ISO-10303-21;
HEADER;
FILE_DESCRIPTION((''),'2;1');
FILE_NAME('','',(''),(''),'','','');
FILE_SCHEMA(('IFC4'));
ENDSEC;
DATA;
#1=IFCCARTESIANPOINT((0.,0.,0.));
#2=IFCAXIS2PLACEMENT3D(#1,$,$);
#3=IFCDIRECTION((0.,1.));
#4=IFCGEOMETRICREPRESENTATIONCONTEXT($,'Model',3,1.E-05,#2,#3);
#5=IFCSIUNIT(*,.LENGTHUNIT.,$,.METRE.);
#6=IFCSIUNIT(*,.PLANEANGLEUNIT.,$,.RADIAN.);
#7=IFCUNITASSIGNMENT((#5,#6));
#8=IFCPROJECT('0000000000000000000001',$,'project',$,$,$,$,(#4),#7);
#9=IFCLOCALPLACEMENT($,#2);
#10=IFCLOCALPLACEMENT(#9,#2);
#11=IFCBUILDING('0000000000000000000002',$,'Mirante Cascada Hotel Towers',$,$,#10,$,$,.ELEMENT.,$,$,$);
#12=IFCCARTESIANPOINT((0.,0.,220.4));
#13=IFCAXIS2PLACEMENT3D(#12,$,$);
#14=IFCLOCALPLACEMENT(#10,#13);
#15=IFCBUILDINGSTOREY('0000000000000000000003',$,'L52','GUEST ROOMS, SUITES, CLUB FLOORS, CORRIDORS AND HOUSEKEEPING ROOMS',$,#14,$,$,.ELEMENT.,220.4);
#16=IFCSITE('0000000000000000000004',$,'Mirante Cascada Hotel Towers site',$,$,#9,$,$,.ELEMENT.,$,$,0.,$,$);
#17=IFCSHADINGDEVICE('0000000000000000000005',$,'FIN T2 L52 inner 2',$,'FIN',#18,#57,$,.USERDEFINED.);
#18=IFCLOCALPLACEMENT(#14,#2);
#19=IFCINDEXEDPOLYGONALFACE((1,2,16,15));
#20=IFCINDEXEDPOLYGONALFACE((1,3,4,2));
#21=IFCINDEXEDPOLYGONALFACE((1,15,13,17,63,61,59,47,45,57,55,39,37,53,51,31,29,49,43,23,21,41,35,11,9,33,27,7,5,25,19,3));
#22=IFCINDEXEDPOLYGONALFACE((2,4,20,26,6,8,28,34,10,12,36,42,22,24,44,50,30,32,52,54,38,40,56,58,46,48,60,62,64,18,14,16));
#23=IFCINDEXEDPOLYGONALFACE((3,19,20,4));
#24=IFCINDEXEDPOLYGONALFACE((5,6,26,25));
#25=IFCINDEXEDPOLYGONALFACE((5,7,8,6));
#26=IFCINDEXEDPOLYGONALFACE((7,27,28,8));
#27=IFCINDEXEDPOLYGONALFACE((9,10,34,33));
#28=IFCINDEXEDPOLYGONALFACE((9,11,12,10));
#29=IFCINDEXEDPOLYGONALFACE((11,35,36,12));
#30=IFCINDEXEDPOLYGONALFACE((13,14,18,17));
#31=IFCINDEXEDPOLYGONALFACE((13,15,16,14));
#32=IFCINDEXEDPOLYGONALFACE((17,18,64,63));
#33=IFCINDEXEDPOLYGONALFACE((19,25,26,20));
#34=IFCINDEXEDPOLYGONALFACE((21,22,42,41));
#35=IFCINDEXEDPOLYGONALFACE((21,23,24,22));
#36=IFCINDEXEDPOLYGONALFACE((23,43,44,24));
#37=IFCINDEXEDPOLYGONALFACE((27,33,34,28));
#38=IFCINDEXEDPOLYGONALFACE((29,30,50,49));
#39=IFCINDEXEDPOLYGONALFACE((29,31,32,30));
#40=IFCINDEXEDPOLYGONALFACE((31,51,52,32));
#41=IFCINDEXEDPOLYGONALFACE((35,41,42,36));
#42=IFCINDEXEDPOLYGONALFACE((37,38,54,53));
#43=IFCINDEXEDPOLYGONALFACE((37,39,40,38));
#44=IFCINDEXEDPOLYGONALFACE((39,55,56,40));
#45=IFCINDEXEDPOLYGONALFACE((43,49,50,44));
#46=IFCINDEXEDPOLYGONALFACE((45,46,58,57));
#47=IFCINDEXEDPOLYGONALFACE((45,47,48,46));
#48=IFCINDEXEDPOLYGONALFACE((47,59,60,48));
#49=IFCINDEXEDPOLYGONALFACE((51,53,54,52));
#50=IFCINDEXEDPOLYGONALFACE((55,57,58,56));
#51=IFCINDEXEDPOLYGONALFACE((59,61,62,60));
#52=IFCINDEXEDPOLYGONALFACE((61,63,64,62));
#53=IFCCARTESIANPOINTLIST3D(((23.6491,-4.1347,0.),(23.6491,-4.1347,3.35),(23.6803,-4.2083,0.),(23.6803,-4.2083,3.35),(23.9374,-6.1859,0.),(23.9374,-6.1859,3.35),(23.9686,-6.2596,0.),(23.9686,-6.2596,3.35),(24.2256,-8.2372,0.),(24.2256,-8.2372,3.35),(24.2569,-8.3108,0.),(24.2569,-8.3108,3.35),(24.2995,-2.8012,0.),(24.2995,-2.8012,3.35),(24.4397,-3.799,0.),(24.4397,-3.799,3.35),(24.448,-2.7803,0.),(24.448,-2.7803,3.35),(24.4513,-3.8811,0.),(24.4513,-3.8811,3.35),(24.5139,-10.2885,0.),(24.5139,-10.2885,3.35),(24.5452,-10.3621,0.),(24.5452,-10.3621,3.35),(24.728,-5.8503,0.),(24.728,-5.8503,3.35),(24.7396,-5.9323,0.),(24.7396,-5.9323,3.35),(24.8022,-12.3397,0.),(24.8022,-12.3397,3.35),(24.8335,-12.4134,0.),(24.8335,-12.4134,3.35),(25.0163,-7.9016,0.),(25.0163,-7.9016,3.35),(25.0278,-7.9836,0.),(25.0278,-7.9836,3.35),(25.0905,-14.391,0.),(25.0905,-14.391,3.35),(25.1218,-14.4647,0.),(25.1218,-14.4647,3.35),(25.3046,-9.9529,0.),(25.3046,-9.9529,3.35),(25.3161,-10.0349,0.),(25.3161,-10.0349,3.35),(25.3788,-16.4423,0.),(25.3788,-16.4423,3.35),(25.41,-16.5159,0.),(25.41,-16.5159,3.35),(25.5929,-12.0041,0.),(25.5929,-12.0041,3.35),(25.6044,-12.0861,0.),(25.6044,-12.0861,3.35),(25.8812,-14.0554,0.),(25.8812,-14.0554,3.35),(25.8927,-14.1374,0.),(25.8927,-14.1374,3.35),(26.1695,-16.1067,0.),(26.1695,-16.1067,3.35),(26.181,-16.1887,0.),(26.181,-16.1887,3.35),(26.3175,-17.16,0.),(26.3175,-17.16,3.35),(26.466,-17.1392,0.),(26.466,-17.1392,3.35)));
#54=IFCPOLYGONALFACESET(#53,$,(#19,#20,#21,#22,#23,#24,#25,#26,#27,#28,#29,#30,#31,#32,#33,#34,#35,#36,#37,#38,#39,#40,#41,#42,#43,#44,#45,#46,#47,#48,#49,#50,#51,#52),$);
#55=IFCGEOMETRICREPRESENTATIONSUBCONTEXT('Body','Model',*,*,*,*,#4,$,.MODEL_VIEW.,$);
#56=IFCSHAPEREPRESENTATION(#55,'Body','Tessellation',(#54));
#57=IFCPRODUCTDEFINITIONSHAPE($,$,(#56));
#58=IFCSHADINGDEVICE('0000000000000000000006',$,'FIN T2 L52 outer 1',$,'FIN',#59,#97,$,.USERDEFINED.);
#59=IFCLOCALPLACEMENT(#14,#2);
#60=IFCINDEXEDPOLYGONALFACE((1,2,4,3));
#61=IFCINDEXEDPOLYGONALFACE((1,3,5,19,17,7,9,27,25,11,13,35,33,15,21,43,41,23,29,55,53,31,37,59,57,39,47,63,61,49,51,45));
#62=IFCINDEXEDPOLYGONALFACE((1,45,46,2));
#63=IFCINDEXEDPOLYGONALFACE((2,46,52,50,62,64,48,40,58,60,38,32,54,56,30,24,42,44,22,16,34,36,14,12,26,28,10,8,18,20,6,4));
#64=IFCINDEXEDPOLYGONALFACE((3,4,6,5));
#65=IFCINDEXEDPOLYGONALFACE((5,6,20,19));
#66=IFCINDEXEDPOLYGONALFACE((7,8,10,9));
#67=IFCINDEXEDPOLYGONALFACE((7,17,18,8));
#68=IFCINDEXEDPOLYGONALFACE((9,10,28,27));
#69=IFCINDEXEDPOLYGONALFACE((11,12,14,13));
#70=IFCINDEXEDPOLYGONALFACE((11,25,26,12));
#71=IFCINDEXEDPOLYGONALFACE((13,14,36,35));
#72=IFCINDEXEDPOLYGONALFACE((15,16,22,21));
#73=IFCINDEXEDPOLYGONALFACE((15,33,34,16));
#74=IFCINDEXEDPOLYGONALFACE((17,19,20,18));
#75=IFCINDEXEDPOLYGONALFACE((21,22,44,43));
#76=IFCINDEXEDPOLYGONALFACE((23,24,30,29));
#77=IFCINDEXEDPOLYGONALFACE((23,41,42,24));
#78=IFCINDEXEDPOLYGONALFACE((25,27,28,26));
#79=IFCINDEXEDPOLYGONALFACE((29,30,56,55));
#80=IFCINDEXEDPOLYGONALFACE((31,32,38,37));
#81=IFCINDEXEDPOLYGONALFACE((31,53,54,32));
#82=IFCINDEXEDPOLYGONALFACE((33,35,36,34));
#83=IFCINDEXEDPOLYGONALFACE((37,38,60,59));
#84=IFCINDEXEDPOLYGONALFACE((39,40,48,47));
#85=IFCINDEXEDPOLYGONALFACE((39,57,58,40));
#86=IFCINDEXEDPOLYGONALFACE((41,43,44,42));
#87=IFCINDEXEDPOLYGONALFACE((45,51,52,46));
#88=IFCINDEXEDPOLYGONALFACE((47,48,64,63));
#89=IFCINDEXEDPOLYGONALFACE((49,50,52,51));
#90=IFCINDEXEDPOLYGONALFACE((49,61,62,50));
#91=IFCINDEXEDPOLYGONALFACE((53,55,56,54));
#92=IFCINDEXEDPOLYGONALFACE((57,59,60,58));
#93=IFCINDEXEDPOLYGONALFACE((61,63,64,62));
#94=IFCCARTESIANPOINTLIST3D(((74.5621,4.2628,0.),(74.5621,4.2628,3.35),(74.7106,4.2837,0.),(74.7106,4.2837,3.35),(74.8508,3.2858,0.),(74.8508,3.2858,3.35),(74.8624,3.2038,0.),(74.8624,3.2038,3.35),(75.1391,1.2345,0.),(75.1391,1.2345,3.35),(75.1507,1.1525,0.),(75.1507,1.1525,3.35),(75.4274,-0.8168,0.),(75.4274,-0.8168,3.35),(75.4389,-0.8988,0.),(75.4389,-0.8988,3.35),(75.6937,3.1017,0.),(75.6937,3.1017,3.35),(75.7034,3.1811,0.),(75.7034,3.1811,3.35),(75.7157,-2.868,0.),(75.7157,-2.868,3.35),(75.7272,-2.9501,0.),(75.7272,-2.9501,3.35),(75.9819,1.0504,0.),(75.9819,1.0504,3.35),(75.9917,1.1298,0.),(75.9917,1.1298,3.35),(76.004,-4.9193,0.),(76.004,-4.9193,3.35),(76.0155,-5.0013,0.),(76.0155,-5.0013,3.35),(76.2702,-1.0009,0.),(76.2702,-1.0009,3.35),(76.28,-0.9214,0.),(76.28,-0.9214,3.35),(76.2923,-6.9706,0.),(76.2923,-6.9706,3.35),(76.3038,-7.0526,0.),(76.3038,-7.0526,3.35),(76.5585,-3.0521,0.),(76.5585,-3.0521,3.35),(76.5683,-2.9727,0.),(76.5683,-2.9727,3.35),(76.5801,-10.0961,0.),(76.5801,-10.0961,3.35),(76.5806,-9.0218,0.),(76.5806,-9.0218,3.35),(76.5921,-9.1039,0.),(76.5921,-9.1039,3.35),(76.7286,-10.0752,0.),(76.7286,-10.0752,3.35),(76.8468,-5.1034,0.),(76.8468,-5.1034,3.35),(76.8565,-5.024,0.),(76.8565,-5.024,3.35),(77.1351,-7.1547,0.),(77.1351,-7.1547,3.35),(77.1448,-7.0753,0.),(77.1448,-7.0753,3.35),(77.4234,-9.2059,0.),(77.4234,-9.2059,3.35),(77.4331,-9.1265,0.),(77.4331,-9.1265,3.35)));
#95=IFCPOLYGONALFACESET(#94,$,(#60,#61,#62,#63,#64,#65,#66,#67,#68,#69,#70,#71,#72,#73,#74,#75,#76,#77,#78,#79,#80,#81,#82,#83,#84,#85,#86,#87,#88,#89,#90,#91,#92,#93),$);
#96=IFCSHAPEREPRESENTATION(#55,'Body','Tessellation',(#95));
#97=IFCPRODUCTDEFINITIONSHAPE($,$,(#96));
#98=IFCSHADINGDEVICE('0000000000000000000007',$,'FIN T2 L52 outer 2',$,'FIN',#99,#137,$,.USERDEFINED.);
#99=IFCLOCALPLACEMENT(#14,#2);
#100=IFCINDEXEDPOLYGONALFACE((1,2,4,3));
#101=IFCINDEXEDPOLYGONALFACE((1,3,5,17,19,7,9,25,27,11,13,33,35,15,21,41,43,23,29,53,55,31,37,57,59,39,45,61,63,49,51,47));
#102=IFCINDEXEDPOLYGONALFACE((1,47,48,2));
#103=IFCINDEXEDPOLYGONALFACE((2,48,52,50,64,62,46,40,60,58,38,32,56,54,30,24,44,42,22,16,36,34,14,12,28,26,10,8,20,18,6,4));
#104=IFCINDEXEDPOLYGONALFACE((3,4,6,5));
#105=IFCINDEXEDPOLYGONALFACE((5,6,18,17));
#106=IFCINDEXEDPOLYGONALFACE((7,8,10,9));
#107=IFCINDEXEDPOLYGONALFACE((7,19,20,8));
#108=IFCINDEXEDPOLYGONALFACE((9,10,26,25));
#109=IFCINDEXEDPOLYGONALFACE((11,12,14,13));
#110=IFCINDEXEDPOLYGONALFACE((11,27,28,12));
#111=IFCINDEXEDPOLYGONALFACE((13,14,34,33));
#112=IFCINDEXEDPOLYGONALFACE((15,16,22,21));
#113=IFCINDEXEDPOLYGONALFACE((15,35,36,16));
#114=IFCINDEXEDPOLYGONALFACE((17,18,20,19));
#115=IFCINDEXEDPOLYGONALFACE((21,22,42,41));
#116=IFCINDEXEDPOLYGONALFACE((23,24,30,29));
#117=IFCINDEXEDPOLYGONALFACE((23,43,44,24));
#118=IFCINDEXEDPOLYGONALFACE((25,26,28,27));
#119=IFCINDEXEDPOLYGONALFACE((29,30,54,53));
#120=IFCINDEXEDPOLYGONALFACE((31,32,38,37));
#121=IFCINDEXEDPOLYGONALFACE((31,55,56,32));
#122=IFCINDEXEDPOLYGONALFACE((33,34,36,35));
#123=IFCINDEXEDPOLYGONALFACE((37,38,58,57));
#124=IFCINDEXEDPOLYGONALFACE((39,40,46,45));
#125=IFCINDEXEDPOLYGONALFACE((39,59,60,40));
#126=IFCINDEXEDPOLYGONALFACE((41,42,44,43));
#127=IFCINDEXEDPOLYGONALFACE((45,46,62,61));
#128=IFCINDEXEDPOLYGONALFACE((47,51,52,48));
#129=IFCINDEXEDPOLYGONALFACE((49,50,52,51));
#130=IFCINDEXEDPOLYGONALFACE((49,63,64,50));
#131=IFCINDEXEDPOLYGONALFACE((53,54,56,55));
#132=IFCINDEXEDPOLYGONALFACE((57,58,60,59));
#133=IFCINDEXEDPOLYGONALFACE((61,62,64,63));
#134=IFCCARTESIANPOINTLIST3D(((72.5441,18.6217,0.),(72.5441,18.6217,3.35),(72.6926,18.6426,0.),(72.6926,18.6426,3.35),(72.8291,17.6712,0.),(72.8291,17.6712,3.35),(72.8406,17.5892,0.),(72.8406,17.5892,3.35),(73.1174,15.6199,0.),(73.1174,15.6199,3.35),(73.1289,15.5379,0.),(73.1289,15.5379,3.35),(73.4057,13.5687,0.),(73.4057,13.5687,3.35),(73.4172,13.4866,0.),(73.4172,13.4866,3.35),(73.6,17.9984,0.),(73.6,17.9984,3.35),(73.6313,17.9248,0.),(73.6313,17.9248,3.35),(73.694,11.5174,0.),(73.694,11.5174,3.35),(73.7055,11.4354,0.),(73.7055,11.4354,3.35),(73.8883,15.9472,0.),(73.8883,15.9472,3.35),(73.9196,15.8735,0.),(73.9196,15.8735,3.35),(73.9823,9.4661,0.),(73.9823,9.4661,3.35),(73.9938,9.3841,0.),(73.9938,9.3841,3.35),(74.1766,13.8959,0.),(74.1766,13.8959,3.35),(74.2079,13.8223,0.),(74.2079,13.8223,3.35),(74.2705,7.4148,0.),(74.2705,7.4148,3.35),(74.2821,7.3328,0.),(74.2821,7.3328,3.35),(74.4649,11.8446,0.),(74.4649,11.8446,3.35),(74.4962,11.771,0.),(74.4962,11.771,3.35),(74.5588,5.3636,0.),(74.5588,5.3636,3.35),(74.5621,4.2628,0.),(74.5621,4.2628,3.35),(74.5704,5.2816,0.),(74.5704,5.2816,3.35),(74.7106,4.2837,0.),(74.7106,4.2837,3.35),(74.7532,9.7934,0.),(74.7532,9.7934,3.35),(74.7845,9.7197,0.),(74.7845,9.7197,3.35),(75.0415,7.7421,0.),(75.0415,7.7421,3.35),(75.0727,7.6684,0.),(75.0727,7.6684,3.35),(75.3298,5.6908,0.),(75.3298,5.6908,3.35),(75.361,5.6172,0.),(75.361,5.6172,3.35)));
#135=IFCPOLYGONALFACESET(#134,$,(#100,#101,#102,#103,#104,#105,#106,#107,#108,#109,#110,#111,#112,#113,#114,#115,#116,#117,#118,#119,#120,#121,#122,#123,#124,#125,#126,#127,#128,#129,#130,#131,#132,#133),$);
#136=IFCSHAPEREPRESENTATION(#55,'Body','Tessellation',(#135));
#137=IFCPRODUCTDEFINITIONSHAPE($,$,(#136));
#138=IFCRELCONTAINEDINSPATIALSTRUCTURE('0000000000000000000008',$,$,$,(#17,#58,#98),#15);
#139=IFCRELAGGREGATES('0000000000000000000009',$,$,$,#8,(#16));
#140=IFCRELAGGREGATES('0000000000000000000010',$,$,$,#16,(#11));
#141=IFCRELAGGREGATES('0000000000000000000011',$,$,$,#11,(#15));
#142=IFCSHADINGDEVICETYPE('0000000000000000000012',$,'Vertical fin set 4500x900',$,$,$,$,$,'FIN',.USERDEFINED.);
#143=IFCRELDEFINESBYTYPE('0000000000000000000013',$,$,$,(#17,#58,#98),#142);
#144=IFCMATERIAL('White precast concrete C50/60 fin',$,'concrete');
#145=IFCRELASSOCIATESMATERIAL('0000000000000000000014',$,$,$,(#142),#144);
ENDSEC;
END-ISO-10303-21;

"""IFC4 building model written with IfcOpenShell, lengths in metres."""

from ifc_helpers import new_model, si_unit, direction, frame, origin, place, context, subcontext, project, spatial, polyline, outline, extrude, material, type_object, element, save


model = new_model("IFC4")

# Units and contexts
model_context = context("Model", 3, precision=1e-05, world=origin(), true_north=direction((0.0, 1.0)))
body_context = subcontext(model_context, "Body", "Model", "MODEL_VIEW")
ifc_project = project(units=[si_unit("LENGTHUNIT", "METRE"), si_unit("PLANEANGLEUNIT", "RADIAN")], contexts=[model_context])

# Site, building, storey
site_placement = place(None, origin())
site = spatial("IfcSite", under=ifc_project, at=site_placement, Name="Mirante Cascada Hotel Towers site", CompositionType="ELEMENT", RefElevation=0.0)
building_placement = place(site_placement, origin())
building = spatial("IfcBuilding", under=site, at=building_placement, Name="Mirante Cascada Hotel Towers", CompositionType="ELEMENT")
storey_placement = place(building_placement, frame((0.0, 0.0, 220.4)))
storey = spatial("IfcBuildingStorey", under=building, at=storey_placement, Name="L52", Description="GUEST ROOMS, SUITES, CLUB FLOORS, CORRIDORS AND HOUSEKEEPING ROOMS", CompositionType="ELEMENT", Elevation=220.4)

# Shading devices
ifc_material_1 = material(Name="White precast concrete C50/60 fin", Category="concrete")
shading_device_type = type_object("IfcShadingDeviceType", Name="Vertical fin set 4500x900", ElementType="FIN", PredefinedType="USERDEFINED", material=ifc_material_1)
shading_device_1_placement = place(storey_placement, origin())
element("IfcShadingDevice", 1, at=shading_device_1_placement, inside=storey, type_object=shading_device_type, Name="FIN T2 L52 inner 2", ObjectType="FIN", PredefinedType="USERDEFINED", context=body_context, shape_type="SweptSolid", body=[
    extrude(outline(polyline([(25.3788, -16.4423), (26.1695, -16.1067), (25.8927, -14.1374), (25.1218, -14.4647), (25.0905, -14.391), (25.8812, -14.0554), (25.6044, -12.0861), (24.8335, -12.4134), (24.8022, -12.3397), (25.5929, -12.0041), (25.3161, -10.0349), (24.5452, -10.3621), (24.5139, -10.2885), (25.3046, -9.9529), (25.0278, -7.9836), (24.2569, -8.3108), (24.2256, -8.2372), (25.0163, -7.9016), (24.7396, -5.9323), (23.9686, -6.2596), (23.9374, -6.1859), (24.728, -5.8503), (24.4513, -3.8811), (23.6803, -4.2083), (23.6491, -4.1347), (24.4397, -3.799), (24.2995, -2.8012), (24.448, -2.7803), (26.466, -17.1392), (26.3175, -17.16), (26.181, -16.1887), (25.41, -16.5159), (25.3788, -16.4423)])), origin(), (0.0, 0.0, 1.0), 3.35),
])
shading_device_2_placement = place(storey_placement, origin())
element("IfcShadingDevice", 2, at=shading_device_2_placement, inside=storey, type_object=shading_device_type, Name="FIN T2 L52 outer 1", ObjectType="FIN", PredefinedType="USERDEFINED", context=body_context, shape_type="SweptSolid", body=[
    extrude(outline(polyline([(77.4234, -9.2059), (76.5921, -9.1039), (76.7286, -10.0752), (76.5801, -10.0961), (74.5621, 4.2628), (74.7106, 4.2837), (74.8508, 3.2858), (75.7034, 3.1811), (75.6937, 3.1017), (74.8624, 3.2038), (75.1391, 1.2345), (75.9917, 1.1298), (75.9819, 1.0504), (75.1507, 1.1525), (75.4274, -0.8168), (76.28, -0.9214), (76.2702, -1.0009), (75.4389, -0.8988), (75.7157, -2.868), (76.5683, -2.9727), (76.5585, -3.0521), (75.7272, -2.9501), (76.004, -4.9193), (76.8565, -5.024), (76.8468, -5.1034), (76.0155, -5.0013), (76.2923, -6.9706), (77.1448, -7.0753), (77.1351, -7.1547), (76.3038, -7.0526), (76.5806, -9.0218), (77.4331, -9.1265), (77.4234, -9.2059)])), origin(), (0.0, 0.0, 1.0), 3.35),
])
shading_device_3_placement = place(storey_placement, origin())
element("IfcShadingDevice", 3, at=shading_device_3_placement, inside=storey, type_object=shading_device_type, Name="FIN T2 L52 outer 2", ObjectType="FIN", PredefinedType="USERDEFINED", context=body_context, shape_type="SweptSolid", body=[
    extrude(outline(polyline([(75.361, 5.6172), (74.5704, 5.2816), (74.7106, 4.2837), (74.5621, 4.2628), (72.5441, 18.6217), (72.6926, 18.6426), (72.8291, 17.6712), (73.6, 17.9984), (73.6313, 17.9248), (72.8406, 17.5892), (73.1174, 15.6199), (73.8883, 15.9472), (73.9196, 15.8735), (73.1289, 15.5379), (73.4057, 13.5687), (74.1766, 13.8959), (74.2079, 13.8223), (73.4172, 13.4866), (73.694, 11.5174), (74.4649, 11.8446), (74.4962, 11.771), (73.7055, 11.4354), (73.9823, 9.4661), (74.7532, 9.7934), (74.7845, 9.7197), (73.9938, 9.3841), (74.2705, 7.4148), (75.0415, 7.7421), (75.0727, 7.6684), (74.2821, 7.3328), (74.5588, 5.3636), (75.3298, 5.6908), (75.361, 5.6172)])), origin(), (0.0, 0.0, 1.0), 3.35),
])

save(model, "model.ifc")
